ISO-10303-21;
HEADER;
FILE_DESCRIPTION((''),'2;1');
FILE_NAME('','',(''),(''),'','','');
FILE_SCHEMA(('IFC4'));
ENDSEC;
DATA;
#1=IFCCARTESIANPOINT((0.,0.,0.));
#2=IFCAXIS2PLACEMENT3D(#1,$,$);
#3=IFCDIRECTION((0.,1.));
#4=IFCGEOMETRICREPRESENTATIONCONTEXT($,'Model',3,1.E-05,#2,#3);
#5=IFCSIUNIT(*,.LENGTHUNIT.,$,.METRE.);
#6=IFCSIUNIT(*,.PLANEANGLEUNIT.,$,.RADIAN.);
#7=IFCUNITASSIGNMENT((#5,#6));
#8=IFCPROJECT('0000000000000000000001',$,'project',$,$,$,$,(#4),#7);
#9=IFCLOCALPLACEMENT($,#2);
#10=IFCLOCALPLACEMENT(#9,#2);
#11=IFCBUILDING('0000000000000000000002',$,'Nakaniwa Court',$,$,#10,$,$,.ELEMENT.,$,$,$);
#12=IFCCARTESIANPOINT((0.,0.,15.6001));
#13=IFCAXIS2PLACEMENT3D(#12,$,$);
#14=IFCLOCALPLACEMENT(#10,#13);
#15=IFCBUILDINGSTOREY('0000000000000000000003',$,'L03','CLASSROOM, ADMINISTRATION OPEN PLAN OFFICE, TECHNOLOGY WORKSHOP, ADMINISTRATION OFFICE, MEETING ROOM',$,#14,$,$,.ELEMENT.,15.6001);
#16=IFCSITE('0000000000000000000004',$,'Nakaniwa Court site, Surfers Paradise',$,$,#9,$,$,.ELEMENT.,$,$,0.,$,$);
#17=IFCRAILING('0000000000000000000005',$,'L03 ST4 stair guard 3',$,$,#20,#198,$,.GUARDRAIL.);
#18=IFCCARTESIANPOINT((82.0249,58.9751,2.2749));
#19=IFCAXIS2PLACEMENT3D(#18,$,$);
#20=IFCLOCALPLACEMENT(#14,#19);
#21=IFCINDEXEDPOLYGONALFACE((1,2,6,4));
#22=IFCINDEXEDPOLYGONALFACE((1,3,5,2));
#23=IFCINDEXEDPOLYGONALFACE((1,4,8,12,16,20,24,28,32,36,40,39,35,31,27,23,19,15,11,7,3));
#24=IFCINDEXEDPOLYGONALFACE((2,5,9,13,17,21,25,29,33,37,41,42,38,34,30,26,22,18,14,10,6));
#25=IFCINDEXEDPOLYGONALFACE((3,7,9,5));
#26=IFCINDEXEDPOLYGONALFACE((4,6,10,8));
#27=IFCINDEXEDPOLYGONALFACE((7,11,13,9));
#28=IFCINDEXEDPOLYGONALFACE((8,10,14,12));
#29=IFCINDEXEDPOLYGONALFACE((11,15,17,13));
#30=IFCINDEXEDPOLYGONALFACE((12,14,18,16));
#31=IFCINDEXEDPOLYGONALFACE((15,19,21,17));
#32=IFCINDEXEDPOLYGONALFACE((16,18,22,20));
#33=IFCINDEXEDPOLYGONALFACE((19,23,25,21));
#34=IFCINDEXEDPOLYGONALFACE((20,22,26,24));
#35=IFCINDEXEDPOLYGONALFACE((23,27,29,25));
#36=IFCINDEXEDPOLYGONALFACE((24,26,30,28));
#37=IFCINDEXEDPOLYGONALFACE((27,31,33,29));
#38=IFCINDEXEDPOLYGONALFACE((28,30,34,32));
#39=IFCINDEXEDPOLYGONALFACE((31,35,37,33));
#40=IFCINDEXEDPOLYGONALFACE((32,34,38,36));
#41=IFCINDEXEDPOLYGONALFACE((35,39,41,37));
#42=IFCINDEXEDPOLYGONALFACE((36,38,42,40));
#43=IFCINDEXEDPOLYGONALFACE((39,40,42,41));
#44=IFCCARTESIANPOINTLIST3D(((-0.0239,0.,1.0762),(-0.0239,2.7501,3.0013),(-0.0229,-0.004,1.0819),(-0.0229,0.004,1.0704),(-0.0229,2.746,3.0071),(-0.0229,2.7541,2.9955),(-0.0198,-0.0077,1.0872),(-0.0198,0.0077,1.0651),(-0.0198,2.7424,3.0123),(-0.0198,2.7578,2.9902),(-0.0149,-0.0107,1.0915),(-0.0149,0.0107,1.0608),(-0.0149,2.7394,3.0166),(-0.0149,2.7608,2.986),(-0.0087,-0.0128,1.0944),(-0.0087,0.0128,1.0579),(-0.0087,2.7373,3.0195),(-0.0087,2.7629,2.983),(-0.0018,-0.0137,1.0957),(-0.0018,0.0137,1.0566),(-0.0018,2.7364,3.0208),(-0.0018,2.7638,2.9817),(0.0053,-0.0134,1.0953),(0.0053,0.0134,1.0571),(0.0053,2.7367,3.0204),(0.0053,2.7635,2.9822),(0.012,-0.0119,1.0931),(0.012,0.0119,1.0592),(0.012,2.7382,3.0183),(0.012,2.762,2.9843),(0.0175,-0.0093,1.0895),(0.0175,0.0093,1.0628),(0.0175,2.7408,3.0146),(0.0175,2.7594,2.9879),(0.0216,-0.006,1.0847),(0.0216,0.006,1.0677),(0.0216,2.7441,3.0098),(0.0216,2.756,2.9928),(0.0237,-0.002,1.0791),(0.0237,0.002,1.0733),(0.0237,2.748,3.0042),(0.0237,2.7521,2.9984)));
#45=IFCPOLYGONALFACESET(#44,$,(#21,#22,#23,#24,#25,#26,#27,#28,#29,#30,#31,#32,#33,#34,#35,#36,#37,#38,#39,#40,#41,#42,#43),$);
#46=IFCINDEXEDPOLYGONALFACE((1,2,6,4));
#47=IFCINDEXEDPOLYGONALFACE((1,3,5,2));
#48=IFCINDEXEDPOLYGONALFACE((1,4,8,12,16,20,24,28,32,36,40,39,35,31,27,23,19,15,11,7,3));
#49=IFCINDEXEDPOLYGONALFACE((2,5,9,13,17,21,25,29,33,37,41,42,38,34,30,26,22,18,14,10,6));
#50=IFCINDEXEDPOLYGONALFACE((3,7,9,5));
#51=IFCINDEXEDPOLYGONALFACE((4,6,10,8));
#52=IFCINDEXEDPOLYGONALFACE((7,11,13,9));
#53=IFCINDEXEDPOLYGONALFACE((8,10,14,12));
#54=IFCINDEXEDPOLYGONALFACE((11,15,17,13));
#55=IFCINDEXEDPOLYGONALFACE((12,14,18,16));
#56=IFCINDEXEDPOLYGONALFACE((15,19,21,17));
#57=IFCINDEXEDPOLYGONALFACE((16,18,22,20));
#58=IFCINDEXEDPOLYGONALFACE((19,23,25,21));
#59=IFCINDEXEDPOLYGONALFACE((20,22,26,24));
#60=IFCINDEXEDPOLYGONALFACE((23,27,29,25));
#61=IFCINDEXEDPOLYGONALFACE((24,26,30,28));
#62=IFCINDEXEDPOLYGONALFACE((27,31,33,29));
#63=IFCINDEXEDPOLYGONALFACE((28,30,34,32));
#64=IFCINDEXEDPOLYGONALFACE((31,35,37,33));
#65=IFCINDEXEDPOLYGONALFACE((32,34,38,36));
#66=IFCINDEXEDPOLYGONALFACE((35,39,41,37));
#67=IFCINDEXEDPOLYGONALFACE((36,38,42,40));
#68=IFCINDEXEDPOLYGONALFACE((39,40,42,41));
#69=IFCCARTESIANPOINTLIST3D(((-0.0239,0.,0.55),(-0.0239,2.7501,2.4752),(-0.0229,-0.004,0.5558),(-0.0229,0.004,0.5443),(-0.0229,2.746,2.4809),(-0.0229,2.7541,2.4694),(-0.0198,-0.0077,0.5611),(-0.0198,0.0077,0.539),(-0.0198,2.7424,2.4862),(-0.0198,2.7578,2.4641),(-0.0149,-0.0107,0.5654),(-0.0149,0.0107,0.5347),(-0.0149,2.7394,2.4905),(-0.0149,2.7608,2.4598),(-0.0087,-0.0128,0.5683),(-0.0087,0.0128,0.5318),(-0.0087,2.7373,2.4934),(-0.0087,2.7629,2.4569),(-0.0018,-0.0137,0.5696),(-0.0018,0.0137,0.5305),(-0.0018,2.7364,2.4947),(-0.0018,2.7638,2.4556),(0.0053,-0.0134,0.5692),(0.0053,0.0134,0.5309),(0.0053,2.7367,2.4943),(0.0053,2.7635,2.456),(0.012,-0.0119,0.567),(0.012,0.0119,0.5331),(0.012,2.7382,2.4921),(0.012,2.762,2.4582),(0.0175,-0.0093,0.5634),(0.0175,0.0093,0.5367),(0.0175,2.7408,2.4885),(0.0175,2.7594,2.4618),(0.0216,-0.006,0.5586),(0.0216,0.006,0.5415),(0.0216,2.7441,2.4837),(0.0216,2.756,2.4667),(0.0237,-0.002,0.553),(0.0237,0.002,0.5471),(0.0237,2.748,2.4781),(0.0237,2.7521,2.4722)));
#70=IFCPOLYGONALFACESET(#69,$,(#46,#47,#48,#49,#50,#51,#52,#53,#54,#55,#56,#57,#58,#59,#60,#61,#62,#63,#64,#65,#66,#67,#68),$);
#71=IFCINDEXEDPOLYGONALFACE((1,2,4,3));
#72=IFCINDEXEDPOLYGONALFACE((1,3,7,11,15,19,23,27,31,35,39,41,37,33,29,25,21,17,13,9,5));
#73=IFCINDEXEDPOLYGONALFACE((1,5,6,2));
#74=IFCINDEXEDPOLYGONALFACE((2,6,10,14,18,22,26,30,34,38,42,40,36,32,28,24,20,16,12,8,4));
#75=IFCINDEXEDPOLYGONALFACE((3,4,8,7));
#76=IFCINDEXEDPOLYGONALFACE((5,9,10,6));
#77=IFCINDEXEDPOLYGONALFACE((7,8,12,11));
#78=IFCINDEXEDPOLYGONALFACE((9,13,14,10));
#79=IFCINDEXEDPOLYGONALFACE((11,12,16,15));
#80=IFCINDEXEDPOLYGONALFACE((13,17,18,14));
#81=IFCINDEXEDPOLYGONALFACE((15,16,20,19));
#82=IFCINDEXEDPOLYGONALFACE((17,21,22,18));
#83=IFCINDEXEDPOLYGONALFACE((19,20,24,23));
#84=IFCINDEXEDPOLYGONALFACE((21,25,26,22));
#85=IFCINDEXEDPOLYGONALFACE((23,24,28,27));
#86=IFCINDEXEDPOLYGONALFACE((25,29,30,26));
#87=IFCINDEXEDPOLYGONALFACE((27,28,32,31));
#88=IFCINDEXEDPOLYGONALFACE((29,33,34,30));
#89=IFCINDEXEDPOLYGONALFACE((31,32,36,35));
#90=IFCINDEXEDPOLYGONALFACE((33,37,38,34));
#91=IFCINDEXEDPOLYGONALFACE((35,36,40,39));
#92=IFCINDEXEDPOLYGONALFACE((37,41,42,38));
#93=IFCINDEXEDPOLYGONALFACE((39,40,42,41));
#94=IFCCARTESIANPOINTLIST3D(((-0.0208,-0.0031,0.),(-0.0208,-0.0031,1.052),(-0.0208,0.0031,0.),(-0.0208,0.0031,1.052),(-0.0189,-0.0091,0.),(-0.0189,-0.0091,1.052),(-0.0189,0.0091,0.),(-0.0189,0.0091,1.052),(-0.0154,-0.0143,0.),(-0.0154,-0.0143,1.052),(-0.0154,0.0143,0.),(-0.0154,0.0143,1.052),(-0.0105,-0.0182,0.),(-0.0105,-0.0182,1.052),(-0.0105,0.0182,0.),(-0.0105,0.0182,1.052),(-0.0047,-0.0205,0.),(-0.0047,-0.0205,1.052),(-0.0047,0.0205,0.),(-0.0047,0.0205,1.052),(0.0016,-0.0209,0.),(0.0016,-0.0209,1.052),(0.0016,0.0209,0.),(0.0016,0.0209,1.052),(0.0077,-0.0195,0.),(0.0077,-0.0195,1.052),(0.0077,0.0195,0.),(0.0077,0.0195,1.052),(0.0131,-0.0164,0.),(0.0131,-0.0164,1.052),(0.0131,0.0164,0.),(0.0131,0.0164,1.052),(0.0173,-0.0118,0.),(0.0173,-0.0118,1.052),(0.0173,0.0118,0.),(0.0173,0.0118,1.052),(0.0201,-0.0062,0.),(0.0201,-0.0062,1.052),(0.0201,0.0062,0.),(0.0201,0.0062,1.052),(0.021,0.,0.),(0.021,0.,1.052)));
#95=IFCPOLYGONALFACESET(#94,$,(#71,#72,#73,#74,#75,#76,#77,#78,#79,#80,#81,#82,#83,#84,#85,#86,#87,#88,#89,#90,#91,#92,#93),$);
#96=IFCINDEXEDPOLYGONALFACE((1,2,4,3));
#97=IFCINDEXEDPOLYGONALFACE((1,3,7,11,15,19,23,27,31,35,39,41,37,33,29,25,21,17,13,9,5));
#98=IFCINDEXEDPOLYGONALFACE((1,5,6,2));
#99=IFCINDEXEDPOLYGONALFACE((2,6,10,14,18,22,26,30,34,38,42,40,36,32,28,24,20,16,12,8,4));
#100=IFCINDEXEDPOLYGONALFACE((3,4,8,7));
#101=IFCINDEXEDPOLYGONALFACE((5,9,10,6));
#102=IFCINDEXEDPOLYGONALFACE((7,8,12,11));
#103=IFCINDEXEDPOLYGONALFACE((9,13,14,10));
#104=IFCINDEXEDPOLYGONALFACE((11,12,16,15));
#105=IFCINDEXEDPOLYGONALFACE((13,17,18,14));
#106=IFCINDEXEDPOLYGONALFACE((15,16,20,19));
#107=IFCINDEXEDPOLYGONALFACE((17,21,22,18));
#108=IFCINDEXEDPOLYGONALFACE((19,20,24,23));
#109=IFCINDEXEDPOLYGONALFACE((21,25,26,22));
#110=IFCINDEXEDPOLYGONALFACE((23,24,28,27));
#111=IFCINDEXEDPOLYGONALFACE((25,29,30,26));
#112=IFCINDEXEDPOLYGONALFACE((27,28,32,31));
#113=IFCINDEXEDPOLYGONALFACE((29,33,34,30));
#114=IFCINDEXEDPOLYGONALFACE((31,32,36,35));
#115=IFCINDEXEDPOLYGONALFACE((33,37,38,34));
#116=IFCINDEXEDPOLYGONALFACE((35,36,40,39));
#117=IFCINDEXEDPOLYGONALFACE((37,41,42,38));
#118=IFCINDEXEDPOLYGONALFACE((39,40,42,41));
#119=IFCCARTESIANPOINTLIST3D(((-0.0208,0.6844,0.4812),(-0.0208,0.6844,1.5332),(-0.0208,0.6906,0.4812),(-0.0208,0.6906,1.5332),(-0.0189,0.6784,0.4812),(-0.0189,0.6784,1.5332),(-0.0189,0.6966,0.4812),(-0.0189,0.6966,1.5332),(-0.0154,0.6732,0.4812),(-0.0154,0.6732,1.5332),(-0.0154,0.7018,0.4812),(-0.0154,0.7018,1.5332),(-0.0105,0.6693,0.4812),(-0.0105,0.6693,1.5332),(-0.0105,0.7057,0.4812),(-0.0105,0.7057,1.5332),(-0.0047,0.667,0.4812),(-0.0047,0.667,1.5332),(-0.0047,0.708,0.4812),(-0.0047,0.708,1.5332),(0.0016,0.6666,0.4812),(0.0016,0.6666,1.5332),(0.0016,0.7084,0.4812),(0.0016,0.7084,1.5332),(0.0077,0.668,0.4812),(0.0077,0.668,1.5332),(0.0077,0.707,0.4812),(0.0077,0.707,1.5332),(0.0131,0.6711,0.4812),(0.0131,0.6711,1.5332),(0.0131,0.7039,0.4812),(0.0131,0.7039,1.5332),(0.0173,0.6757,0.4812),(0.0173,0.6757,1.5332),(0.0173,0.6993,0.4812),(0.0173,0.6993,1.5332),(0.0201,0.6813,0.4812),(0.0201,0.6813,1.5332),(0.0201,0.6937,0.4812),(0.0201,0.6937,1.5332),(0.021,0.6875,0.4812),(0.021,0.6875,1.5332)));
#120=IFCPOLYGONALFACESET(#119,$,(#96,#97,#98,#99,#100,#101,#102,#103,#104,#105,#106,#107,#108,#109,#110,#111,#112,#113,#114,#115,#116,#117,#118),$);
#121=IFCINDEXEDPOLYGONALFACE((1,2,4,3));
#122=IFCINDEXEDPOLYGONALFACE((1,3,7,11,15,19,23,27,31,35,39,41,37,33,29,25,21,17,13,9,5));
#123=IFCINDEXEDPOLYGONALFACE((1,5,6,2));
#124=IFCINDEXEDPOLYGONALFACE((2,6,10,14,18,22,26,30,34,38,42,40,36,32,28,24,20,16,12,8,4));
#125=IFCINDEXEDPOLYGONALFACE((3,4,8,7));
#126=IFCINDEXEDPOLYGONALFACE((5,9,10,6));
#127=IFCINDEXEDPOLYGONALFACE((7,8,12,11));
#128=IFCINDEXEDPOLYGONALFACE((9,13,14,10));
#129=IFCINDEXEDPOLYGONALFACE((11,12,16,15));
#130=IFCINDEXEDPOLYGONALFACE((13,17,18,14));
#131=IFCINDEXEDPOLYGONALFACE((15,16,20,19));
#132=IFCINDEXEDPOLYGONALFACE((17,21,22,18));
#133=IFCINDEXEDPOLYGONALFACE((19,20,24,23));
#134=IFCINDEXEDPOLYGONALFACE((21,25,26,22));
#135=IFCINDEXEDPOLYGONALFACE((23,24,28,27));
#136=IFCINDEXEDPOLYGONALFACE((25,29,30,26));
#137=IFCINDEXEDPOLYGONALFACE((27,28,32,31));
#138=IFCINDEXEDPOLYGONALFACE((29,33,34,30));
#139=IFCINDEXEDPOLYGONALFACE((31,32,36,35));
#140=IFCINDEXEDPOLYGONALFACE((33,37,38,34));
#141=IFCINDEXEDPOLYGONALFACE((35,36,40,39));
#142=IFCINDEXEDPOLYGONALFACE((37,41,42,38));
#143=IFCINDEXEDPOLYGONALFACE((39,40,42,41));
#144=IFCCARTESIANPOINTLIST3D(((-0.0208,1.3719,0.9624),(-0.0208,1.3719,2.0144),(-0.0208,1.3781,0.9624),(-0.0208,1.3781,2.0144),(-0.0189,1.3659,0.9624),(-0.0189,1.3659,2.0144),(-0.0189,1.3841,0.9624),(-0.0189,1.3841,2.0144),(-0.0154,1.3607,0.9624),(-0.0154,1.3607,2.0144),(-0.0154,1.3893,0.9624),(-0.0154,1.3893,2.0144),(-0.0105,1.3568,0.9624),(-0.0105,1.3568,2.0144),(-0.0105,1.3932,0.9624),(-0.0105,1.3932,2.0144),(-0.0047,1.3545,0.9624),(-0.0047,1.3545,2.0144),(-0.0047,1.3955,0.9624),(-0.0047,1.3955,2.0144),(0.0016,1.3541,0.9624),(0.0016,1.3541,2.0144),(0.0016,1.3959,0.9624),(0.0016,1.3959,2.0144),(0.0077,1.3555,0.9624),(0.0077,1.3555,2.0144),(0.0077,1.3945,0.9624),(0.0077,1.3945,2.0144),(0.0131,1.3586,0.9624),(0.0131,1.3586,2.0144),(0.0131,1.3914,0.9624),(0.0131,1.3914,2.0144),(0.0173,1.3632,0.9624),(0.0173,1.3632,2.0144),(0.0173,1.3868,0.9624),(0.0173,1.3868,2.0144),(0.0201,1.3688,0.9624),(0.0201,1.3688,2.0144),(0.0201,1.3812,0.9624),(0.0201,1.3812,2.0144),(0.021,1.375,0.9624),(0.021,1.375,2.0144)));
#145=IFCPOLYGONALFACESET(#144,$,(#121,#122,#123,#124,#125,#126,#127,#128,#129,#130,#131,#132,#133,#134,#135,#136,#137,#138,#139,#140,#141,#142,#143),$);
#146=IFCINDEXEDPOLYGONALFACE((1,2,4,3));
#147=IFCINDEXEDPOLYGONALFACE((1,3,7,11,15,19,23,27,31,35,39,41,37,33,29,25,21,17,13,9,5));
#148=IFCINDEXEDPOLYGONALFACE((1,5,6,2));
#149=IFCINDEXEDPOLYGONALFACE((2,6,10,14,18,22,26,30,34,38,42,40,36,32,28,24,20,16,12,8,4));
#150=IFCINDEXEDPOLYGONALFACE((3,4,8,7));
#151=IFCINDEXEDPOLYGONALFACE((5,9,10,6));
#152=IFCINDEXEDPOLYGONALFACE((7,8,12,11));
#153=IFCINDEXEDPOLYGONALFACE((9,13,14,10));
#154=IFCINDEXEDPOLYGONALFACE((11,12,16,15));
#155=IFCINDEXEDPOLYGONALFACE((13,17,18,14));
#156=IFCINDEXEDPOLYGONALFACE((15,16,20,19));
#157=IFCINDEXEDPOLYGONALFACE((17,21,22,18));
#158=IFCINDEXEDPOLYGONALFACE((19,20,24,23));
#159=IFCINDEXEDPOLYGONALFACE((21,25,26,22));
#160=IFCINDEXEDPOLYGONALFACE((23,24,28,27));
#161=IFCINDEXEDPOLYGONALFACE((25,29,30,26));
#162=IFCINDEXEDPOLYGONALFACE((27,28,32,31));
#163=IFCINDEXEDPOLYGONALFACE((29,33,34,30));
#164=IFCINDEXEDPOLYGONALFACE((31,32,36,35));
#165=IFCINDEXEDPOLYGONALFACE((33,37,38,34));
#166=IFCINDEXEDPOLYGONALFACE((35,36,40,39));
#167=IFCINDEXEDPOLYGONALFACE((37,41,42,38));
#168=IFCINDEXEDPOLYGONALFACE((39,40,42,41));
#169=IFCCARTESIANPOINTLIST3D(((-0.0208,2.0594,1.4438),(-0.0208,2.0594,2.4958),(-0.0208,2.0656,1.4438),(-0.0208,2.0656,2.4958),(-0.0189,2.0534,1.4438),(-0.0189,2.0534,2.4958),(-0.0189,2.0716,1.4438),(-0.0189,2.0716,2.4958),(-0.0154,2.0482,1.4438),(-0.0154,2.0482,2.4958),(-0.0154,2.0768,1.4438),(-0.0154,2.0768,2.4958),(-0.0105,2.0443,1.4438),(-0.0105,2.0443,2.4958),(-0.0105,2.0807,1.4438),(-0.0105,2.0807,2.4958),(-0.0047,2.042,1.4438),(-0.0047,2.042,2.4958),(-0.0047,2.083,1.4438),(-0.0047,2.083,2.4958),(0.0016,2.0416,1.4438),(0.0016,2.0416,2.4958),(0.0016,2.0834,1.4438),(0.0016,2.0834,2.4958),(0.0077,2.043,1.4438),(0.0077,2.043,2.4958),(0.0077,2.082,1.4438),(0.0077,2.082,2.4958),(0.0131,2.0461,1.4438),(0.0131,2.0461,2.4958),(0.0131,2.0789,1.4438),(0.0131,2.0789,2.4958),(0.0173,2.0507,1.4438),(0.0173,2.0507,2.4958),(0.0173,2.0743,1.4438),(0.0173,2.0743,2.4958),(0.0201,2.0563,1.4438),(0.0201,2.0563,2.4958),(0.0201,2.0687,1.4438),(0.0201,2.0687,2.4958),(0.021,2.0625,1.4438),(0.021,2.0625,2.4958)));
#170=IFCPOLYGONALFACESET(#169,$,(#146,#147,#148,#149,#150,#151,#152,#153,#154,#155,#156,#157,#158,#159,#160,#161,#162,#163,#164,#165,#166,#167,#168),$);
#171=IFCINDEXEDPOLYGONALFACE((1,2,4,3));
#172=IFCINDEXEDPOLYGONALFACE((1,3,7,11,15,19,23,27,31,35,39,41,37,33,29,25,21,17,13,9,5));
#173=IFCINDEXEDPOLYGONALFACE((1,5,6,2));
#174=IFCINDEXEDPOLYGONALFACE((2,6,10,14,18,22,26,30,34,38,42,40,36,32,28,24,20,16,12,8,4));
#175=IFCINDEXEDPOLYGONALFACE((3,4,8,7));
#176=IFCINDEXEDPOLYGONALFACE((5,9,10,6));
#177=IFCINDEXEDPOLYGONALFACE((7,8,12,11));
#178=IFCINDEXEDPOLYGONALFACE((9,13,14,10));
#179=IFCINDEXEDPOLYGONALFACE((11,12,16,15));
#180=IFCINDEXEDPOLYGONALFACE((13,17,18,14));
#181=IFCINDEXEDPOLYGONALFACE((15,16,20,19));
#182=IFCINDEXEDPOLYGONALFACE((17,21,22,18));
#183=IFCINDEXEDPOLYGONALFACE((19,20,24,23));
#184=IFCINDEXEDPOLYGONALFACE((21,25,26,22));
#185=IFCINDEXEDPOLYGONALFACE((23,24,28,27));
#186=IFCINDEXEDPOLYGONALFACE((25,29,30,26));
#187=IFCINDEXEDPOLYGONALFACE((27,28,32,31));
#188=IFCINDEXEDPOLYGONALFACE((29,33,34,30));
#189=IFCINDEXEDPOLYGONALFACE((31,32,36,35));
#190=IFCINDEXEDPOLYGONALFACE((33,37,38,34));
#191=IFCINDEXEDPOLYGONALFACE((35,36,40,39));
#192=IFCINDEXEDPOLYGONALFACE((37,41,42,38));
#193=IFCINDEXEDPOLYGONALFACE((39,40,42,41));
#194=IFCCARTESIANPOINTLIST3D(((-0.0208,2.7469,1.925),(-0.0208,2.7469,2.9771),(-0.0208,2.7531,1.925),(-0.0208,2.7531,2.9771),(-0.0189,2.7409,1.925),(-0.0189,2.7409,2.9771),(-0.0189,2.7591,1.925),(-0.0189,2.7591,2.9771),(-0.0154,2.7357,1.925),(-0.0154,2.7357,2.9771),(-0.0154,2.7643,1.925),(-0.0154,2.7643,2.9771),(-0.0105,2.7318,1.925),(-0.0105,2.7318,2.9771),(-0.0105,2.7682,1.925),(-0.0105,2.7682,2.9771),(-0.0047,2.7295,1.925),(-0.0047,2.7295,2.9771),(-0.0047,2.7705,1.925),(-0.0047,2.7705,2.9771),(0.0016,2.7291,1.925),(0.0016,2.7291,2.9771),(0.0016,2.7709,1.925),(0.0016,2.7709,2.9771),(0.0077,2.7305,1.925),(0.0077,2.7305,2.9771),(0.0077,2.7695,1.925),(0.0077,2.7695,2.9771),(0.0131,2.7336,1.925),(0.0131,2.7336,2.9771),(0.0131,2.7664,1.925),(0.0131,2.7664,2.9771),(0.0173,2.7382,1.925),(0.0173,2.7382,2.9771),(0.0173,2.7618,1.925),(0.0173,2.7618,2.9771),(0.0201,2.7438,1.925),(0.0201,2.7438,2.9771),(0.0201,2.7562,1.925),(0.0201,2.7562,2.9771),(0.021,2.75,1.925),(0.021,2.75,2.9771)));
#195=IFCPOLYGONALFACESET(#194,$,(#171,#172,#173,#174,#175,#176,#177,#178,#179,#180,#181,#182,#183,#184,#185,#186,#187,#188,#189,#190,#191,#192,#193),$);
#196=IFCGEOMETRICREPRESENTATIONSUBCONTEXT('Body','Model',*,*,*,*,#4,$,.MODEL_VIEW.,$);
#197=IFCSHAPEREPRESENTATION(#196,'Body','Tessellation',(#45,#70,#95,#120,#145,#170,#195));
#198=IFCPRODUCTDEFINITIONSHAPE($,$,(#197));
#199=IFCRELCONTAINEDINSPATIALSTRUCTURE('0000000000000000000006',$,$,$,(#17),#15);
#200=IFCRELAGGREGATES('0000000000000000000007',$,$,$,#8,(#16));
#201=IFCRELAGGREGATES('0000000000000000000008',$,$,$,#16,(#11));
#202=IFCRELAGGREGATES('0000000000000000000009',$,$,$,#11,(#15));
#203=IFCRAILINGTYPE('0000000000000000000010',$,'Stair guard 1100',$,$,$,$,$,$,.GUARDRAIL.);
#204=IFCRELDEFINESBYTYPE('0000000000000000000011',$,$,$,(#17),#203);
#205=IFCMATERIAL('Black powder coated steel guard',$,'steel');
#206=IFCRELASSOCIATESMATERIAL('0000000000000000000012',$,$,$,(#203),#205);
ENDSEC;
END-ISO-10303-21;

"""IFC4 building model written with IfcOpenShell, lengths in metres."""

from ifc_helpers import new_model, si_unit, direction, frame, origin, origin_2d, place, context, subcontext, project, spatial, circle, extrude, material, type_object, element, save


model = new_model("IFC4")

# Units and contexts
model_context = context("Model", 3, precision=1e-05, world=origin(), true_north=direction((0.0, 1.0)))
body_context = subcontext(model_context, "Body", "Model", "MODEL_VIEW")
ifc_project = project(units=[si_unit("LENGTHUNIT", "METRE"), si_unit("PLANEANGLEUNIT", "RADIAN")], contexts=[model_context])

# Site, building, storey
site_placement = place(None, origin())
site = spatial("IfcSite", under=ifc_project, at=site_placement, Name="Nakaniwa Court site, Surfers Paradise", CompositionType="ELEMENT", RefElevation=0.0)
building_placement = place(site_placement, origin())
building = spatial("IfcBuilding", under=site, at=building_placement, Name="Nakaniwa Court", CompositionType="ELEMENT")
storey_placement = place(building_placement, frame((0.0, 0.0, 15.6001)))
storey = spatial("IfcBuildingStorey", under=building, at=storey_placement, Name="L03", Description="CLASSROOM, ADMINISTRATION OPEN PLAN OFFICE, TECHNOLOGY WORKSHOP, ADMINISTRATION OFFICE, MEETING ROOM", CompositionType="ELEMENT", Elevation=15.6001)

# Railing
ifc_material_1 = material(Name="Black powder coated steel guard", Category="steel")
railing_type_1 = type_object("IfcRailingType", Name="Stair guard 1100", PredefinedType="GUARDRAIL", material=ifc_material_1)
railing_1_placement = place(storey_placement, frame((82.0249, 58.9751, 2.2749)))
element("IfcRailing", 1, at=railing_1_placement, inside=storey, type_object=railing_type_1, Name="L03 ST4 stair guard 3", PredefinedType="GUARDRAIL", context=body_context, shape_type="SweptSolid", body=[
    extrude(circle(Radius=0.0239, at=origin_2d()), frame((0.0, 0.0, 1.0762), z_axis=(0.0, 0.819225, 0.573472), x_axis=(-1.0, 0.0, 0.0)), (0.0, 0.0, 1.0), 3.3569),
    extrude(circle(Radius=0.0239, at=origin_2d()), frame((0.0, 0.0, 0.55), z_axis=(0.0, 0.819225, 0.573472), x_axis=(-1.0, 0.0, 0.0)), (0.0, 0.0, 1.0), 3.3569),
    extrude(circle(Radius=0.021, at=origin_2d()), origin(), (0.0, 0.0, 1.0), 1.052),
    extrude(circle(Radius=0.021, at=origin_2d()), frame((0.0, 0.6875, 0.4812)), (0.0, 0.0, 1.0), 1.052),
    extrude(circle(Radius=0.021, at=origin_2d()), frame((0.0, 1.375, 0.9624)), (0.0, 0.0, 1.0), 1.052),
    extrude(circle(Radius=0.021, at=origin_2d()), frame((0.0, 2.0625, 1.4438)), (0.0, 0.0, 1.0), 1.052),
    extrude(circle(Radius=0.021, at=origin_2d()), frame((0.0, 2.75, 1.925)), (0.0, 0.0, 1.0), 1.052),
])

save(model, "model.ifc")
